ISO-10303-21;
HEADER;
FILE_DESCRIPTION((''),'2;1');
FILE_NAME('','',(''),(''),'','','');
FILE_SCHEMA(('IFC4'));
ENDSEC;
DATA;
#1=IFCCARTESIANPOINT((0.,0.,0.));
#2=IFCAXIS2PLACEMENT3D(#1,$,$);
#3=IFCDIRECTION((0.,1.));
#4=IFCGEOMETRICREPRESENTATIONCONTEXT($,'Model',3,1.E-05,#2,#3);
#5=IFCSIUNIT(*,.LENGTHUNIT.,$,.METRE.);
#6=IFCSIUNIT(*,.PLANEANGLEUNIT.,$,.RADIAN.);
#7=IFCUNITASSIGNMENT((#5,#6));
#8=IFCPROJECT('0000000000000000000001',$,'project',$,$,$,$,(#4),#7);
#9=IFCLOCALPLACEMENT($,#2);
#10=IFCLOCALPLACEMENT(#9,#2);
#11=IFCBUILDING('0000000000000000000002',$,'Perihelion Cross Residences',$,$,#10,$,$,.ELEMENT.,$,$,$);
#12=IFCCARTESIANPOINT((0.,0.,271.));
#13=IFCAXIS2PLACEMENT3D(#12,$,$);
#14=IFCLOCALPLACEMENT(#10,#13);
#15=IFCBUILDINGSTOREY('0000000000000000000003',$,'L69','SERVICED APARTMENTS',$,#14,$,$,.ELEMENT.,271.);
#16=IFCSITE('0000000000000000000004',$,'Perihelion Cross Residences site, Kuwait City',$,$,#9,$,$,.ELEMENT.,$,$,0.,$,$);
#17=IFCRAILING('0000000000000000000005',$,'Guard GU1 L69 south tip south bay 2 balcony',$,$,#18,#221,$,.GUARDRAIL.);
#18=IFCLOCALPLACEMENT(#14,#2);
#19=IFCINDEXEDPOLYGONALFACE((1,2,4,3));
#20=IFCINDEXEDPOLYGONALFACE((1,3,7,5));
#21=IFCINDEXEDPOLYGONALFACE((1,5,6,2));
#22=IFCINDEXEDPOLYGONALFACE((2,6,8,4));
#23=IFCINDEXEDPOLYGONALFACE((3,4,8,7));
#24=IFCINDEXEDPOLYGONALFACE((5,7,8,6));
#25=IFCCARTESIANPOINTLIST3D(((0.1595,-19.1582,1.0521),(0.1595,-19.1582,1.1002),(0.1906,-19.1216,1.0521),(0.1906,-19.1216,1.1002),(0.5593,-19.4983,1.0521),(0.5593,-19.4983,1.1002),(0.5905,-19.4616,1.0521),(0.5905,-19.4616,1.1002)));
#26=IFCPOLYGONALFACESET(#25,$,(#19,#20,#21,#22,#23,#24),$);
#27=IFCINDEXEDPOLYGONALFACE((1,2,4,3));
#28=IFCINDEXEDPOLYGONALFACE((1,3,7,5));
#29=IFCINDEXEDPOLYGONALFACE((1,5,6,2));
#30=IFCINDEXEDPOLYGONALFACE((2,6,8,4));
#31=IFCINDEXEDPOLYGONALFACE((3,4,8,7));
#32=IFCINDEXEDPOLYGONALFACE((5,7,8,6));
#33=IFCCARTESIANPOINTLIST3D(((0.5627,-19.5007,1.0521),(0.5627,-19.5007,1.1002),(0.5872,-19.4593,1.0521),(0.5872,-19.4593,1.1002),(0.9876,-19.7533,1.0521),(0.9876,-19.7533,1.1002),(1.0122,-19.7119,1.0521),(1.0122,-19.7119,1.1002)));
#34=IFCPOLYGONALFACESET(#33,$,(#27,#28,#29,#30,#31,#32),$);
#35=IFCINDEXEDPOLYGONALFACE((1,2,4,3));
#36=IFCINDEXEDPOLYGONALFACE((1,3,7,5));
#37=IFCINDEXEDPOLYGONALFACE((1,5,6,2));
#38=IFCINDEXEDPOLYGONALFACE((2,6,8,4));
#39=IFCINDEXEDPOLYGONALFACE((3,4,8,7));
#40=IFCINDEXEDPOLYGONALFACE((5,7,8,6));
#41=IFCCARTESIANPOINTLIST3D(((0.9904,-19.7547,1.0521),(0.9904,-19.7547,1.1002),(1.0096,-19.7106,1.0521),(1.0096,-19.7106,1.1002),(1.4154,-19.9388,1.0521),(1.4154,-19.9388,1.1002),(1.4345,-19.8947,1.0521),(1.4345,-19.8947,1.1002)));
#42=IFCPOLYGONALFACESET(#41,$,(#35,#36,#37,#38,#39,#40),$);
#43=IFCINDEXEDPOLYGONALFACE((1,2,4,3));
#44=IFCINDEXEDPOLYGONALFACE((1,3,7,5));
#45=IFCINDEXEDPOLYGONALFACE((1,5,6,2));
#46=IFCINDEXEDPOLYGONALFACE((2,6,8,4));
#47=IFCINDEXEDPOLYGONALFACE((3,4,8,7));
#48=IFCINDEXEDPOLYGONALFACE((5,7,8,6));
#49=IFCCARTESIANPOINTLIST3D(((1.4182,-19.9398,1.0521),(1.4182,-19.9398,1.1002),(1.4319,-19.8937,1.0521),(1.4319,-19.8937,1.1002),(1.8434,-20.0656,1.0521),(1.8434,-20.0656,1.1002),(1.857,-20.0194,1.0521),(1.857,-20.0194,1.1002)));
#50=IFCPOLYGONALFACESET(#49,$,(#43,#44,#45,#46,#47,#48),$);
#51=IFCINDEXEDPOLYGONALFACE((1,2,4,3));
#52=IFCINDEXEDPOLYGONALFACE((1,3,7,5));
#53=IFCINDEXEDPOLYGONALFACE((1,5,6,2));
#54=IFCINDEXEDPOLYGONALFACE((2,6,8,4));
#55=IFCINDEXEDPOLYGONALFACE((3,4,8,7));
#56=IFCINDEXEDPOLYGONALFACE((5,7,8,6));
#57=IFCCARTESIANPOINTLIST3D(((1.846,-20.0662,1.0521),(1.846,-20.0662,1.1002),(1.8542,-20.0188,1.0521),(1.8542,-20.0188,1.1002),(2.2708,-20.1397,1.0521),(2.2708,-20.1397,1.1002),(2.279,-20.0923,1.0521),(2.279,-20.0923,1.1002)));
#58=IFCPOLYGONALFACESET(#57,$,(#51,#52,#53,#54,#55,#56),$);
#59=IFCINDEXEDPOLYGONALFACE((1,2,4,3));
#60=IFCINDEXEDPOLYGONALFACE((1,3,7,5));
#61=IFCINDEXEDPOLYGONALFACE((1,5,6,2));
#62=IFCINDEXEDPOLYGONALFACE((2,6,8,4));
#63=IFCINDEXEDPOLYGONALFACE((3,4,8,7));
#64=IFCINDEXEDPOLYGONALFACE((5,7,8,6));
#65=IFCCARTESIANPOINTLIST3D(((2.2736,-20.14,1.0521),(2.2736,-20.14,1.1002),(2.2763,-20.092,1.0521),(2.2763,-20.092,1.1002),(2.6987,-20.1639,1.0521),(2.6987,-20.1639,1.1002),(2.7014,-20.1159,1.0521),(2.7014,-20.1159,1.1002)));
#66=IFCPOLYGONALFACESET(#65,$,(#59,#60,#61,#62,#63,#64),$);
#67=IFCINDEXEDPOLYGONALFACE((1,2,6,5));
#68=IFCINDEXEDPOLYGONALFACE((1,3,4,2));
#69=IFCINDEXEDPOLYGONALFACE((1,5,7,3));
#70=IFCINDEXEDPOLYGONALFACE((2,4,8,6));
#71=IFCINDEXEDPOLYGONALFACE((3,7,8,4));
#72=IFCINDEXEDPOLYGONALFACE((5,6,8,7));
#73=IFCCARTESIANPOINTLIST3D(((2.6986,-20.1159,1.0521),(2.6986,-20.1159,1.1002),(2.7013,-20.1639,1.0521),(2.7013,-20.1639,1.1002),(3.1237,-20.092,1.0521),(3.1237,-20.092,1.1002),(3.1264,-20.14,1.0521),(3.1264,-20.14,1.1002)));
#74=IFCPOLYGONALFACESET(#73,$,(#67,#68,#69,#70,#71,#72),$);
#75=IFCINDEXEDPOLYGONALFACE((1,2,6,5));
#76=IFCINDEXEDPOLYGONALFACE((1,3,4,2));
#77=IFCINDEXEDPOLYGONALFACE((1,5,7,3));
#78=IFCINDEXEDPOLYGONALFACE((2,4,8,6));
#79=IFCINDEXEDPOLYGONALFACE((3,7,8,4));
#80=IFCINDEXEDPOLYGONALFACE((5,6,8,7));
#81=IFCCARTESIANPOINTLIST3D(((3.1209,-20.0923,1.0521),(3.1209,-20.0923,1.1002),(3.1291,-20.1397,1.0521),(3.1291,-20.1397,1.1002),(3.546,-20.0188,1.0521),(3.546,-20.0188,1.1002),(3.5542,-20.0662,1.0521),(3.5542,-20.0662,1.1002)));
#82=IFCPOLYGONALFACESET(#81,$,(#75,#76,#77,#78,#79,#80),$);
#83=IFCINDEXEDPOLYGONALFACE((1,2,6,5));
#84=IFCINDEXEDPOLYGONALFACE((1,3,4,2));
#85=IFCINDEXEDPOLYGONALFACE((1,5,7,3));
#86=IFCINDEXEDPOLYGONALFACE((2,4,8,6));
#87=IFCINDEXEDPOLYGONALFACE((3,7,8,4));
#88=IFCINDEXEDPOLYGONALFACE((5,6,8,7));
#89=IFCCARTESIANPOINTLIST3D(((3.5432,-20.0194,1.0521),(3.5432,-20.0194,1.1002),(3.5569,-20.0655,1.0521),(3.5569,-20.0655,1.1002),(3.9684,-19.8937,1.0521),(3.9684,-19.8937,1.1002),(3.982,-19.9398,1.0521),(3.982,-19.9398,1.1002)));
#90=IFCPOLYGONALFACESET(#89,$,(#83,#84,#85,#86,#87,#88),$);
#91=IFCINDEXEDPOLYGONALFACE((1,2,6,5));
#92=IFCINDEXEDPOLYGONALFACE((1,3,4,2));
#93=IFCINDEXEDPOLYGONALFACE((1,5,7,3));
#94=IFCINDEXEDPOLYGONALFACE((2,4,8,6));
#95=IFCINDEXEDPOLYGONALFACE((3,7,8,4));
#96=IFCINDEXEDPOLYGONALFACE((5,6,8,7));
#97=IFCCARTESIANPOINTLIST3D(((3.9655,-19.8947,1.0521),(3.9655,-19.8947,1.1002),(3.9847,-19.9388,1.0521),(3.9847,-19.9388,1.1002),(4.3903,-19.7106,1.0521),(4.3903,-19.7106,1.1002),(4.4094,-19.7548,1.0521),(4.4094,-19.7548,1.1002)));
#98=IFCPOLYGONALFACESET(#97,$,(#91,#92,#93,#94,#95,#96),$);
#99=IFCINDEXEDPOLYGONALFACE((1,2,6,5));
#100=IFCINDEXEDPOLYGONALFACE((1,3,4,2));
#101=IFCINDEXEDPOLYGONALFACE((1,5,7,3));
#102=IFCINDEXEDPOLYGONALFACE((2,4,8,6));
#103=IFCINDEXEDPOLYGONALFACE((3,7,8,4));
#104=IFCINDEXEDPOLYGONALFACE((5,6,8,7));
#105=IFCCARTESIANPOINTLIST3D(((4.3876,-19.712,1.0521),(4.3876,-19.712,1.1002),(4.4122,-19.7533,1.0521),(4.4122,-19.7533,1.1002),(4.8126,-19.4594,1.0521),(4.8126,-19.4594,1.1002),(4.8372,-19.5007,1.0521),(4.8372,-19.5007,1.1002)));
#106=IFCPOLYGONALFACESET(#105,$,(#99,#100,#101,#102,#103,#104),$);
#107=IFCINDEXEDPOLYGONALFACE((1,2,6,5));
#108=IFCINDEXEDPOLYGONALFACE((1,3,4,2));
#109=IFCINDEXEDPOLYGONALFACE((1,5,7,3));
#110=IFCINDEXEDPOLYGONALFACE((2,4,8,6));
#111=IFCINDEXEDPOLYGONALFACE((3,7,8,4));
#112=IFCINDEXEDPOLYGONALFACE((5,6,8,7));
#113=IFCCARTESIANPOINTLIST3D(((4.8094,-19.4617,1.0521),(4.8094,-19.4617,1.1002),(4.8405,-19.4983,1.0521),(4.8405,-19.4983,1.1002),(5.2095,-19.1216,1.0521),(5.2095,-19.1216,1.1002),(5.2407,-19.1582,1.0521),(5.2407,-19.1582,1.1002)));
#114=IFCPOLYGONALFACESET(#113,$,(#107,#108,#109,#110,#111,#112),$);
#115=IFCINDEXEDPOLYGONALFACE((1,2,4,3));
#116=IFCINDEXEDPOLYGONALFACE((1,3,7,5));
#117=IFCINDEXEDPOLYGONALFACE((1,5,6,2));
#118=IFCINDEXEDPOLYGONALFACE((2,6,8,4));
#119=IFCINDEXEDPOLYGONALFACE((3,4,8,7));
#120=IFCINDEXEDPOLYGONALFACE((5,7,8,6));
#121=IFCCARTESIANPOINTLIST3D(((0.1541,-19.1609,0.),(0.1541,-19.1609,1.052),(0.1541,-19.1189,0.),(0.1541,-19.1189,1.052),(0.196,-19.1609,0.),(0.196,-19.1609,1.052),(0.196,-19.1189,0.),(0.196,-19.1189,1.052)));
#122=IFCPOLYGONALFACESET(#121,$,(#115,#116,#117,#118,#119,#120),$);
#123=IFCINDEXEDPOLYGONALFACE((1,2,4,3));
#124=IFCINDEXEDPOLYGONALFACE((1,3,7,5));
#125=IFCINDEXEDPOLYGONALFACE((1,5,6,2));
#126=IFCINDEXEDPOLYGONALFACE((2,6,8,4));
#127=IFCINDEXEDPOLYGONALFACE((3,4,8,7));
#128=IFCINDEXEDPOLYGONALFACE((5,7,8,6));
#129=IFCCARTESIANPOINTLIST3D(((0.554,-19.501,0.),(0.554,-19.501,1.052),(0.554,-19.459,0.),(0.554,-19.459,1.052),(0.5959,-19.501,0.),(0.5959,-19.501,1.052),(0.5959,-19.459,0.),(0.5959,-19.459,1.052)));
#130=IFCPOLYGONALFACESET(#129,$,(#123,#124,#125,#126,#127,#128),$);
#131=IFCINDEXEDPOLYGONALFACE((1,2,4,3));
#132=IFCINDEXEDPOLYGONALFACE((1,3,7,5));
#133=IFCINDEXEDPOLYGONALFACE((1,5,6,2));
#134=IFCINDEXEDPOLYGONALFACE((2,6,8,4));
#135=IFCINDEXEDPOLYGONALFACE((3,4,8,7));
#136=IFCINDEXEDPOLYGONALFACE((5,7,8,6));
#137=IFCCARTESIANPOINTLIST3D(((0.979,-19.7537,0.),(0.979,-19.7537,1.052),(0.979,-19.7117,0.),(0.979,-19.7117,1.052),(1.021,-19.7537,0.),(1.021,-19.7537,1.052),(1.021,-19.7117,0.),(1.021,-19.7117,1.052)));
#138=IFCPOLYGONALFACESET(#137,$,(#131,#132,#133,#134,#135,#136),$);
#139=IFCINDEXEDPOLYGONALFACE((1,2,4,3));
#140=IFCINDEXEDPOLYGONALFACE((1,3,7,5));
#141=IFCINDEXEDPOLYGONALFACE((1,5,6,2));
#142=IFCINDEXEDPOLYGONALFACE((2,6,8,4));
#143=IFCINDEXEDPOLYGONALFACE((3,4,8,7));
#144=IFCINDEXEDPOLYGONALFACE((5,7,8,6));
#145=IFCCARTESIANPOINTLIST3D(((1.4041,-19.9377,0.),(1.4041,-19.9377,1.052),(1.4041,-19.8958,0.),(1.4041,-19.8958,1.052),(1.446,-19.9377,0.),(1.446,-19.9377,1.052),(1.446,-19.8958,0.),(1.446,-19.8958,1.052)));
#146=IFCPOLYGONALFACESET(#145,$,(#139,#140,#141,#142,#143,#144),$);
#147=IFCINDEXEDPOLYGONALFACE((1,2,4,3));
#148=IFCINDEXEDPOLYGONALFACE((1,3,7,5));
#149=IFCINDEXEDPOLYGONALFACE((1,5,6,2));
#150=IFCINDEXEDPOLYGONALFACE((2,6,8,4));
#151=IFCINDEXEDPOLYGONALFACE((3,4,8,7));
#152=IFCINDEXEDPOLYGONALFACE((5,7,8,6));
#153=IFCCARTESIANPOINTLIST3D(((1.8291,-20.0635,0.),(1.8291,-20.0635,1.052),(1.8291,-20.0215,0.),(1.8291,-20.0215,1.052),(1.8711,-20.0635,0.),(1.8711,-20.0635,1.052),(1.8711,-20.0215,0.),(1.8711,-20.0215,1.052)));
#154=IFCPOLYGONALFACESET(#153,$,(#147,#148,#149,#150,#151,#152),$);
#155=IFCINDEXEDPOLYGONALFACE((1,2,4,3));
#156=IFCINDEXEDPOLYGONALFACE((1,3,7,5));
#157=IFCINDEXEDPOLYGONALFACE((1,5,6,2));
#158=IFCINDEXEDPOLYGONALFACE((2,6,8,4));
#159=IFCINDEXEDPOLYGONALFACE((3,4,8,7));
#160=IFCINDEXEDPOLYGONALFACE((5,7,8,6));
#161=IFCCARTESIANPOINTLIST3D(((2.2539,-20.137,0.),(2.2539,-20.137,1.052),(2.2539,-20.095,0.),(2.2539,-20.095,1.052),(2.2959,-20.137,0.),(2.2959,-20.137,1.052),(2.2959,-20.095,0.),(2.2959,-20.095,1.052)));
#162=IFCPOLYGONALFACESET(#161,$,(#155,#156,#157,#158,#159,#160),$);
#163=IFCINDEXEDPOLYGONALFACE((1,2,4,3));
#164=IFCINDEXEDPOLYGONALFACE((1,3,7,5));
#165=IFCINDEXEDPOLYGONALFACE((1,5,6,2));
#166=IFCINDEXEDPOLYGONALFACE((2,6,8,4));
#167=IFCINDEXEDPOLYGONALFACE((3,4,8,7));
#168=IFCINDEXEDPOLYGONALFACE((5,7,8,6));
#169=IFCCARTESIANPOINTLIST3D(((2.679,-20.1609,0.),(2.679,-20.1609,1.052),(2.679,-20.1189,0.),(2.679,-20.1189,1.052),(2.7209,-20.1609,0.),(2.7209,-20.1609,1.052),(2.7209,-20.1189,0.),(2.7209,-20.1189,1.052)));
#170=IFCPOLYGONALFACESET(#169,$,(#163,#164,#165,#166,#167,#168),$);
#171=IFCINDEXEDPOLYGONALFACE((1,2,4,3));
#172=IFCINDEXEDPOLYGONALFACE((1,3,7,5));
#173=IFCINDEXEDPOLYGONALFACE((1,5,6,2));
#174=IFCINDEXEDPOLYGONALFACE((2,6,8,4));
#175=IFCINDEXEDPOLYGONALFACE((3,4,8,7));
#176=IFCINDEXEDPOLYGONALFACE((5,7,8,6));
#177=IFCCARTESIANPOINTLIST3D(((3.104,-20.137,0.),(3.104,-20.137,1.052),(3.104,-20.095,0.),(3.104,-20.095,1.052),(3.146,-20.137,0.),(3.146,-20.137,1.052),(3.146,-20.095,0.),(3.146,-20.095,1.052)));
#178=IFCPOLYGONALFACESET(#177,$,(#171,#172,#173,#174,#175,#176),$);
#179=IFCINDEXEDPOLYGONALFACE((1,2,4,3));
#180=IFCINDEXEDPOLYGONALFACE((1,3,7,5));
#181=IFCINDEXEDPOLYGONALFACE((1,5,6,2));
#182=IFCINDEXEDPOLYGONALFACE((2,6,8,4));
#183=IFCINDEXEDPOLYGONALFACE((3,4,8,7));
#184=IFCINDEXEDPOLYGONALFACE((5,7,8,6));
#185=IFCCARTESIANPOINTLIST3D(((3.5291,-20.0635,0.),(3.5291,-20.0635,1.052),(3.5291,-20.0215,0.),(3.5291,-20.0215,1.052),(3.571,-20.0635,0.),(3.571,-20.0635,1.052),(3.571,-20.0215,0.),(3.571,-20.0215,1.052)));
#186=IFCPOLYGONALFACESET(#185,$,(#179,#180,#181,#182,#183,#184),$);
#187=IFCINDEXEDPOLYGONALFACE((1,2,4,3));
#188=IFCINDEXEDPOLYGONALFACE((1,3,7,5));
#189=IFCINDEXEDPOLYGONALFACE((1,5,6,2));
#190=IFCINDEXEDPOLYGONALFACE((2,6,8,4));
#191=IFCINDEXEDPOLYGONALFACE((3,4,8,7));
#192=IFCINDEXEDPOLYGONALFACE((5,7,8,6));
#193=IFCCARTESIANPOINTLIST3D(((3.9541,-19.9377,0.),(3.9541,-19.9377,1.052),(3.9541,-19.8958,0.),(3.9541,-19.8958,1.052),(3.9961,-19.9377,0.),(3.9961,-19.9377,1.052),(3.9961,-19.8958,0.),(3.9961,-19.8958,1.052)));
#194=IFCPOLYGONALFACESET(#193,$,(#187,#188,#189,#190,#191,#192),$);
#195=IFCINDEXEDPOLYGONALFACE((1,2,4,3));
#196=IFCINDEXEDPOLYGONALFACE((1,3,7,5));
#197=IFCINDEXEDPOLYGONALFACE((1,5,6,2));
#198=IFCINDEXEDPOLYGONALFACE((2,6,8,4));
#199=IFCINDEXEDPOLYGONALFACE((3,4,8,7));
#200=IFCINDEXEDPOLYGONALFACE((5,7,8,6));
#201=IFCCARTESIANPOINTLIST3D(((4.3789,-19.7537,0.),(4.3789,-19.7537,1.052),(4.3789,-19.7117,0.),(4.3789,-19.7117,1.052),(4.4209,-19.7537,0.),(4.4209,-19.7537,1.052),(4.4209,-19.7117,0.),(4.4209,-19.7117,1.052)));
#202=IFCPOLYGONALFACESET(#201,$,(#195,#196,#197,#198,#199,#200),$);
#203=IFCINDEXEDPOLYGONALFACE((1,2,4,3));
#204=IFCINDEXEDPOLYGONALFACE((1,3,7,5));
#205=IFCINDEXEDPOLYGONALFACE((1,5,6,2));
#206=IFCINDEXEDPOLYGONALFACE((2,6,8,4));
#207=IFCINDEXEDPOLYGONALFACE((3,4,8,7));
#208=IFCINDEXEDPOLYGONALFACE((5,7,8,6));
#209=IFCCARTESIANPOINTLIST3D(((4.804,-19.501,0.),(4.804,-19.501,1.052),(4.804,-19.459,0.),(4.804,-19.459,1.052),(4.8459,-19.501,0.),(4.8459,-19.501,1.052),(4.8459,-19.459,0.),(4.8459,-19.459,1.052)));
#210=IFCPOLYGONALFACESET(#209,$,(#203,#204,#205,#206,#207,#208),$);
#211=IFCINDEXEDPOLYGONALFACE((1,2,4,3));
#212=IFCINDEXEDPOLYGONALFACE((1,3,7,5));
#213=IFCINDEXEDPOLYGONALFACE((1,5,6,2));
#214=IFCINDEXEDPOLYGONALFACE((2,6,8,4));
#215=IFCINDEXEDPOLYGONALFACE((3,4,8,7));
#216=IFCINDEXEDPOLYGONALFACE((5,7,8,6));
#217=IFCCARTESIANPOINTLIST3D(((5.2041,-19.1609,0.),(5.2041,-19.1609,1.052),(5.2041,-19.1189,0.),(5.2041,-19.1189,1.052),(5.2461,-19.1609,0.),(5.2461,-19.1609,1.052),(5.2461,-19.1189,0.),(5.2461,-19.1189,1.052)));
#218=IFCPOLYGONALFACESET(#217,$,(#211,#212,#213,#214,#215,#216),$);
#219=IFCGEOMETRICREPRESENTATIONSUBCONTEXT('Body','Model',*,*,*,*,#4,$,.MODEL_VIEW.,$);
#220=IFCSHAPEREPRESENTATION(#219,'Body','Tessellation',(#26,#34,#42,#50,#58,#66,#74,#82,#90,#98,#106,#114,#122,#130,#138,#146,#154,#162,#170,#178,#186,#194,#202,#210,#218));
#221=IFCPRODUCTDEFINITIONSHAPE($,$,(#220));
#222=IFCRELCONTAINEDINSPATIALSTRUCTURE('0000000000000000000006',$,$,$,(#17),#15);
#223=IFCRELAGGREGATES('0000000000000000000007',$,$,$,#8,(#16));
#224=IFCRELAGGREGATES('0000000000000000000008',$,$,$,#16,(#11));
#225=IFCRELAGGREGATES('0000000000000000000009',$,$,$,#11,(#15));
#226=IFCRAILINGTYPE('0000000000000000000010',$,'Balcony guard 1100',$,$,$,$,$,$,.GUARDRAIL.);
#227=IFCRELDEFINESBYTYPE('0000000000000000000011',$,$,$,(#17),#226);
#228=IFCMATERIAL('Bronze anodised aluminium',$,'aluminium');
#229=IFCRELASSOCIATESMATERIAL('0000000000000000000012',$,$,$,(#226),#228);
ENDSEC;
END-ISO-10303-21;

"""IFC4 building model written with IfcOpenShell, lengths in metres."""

from ifc_helpers import new_model, si_unit, direction, frame, origin, origin_2d, place, context, subcontext, project, spatial, rectangle, extrude, material, type_object, element, save


model = new_model("IFC4")

# Units and contexts
model_context = context("Model", 3, precision=1e-05, world=origin(), true_north=direction((0.0, 1.0)))
body_context = subcontext(model_context, "Body", "Model", "MODEL_VIEW")
ifc_project = project(units=[si_unit("LENGTHUNIT", "METRE"), si_unit("PLANEANGLEUNIT", "RADIAN")], contexts=[model_context])

# Site, building, storey
site_placement = place(None, origin())
site = spatial("IfcSite", under=ifc_project, at=site_placement, Name="Perihelion Cross Residences site, Kuwait City", CompositionType="ELEMENT", RefElevation=0.0)
building_placement = place(site_placement, origin())
building = spatial("IfcBuilding", under=site, at=building_placement, Name="Perihelion Cross Residences", CompositionType="ELEMENT")
storey_placement = place(building_placement, frame((0.0, 0.0, 271.0)))
storey = spatial("IfcBuildingStorey", under=building, at=storey_placement, Name="L69", Description="SERVICED APARTMENTS", CompositionType="ELEMENT", Elevation=271.0)

# Railing
ifc_material_1 = material(Name="Bronze anodised aluminium", Category="aluminium")
railing_type = type_object("IfcRailingType", Name="Balcony guard 1100", PredefinedType="GUARDRAIL", material=ifc_material_1)
railing_placement = place(storey_placement, frame((0.175, -19.1399, 0.0)))
element("IfcRailing", 1, at=railing_placement, inside=storey, type_object=railing_type, Name="Guard GU1 L69 south tip south bay 2 balcony", PredefinedType="GUARDRAIL", context=body_context, shape_type="SweptSolid", body=[
    extrude(rectangle(XDim=0.0481, YDim=0.0481, at=origin_2d()), frame((0.0, 0.0, 1.0762), z_axis=(0.761779, -0.647837, 0.0), x_axis=(0.647837, 0.761779, 0.0)), (0.0, 0.0, 1.0), 0.5249),
    extrude(rectangle(XDim=0.0481, YDim=0.0481, at=origin_2d()), frame((0.3999, -0.3401, 1.0762), z_axis=(0.859577, -0.511006, 0.0), x_axis=(0.511006, 0.859577, 0.0)), (0.0, 0.0, 1.0), 0.4944),
    extrude(rectangle(XDim=0.0481, YDim=0.0481, at=origin_2d()), frame((0.825, -0.5928, 1.0762), z_axis=(0.917639, -0.397415, 0.0), x_axis=(0.397415, 0.917639, 0.0)), (0.0, 0.0, 1.0), 0.4631),
    extrude(rectangle(XDim=0.0481, YDim=0.0481, at=origin_2d()), frame((1.25, -0.7769, 1.0762), z_axis=(0.958926, -0.283657, 0.0), x_axis=(0.283657, 0.958926, 0.0)), (0.0, 0.0, 1.0), 0.4434),
    extrude(rectangle(XDim=0.0481, YDim=0.0481, at=origin_2d()), frame((1.675, -0.9026, 1.0762), z_axis=(0.985365, -0.170457, 0.0), x_axis=(0.170457, 0.985365, 0.0)), (0.0, 0.0, 1.0), 0.4312),
    extrude(rectangle(XDim=0.0481, YDim=0.0481, at=origin_2d()), frame((2.0999, -0.9761, 1.0762), z_axis=(0.99842, -0.056201, 0.0), x_axis=(0.056201, 0.99842, 0.0)), (0.0, 0.0, 1.0), 0.4258),
    extrude(rectangle(XDim=0.0481, YDim=0.0481, at=origin_2d()), frame((2.5249, -1.0, 1.0762), z_axis=(0.99842, 0.056201, 0.0), x_axis=(-0.056201, 0.99842, 0.0)), (0.0, 0.0, 1.0), 0.4258),
    extrude(rectangle(XDim=0.0481, YDim=0.0481, at=origin_2d()), frame((2.95, -0.9761, 1.0762), z_axis=(0.985382, 0.170362, 0.0), x_axis=(-0.170362, 0.985382, 0.0)), (0.0, 0.0, 1.0), 0.4314),
    extrude(rectangle(XDim=0.0481, YDim=0.0481, at=origin_2d()), frame((3.375, -0.9026, 1.0762), z_axis=(0.958926, 0.283657, 0.0), x_axis=(-0.283657, 0.958926, 0.0)), (0.0, 0.0, 1.0), 0.4434),
    extrude(rectangle(XDim=0.0481, YDim=0.0481, at=origin_2d()), frame((3.8, -0.7769, 1.0762), z_axis=(0.917556, 0.397607, 0.0), x_axis=(-0.397607, 0.917556, 0.0)), (0.0, 0.0, 1.0), 0.4629),
    extrude(rectangle(XDim=0.0481, YDim=0.0481, at=origin_2d()), frame((4.2249, -0.5928, 1.0762), z_axis=(0.859577, 0.511006, 0.0), x_axis=(-0.511006, 0.859577, 0.0)), (0.0, 0.0, 1.0), 0.4944),
    extrude(rectangle(XDim=0.0481, YDim=0.0481, at=origin_2d()), frame((4.6499, -0.3401, 1.0762), z_axis=(0.761974, 0.647608, 0.0), x_axis=(-0.647608, 0.761974, 0.0)), (0.0, 0.0, 1.0), 0.5251),
    extrude(rectangle(XDim=0.042, YDim=0.042, at=origin_2d()), origin(), (0.0, 0.0, 1.0), 1.052),
    extrude(rectangle(XDim=0.042, YDim=0.042, at=origin_2d()), frame((0.3999, -0.3401, 0.0)), (0.0, 0.0, 1.0), 1.052),
    extrude(rectangle(XDim=0.042, YDim=0.042, at=origin_2d()), frame((0.825, -0.5928, 0.0)), (0.0, 0.0, 1.0), 1.052),
    extrude(rectangle(XDim=0.042, YDim=0.042, at=origin_2d()), frame((1.25, -0.7769, 0.0)), (0.0, 0.0, 1.0), 1.052),
    extrude(rectangle(XDim=0.042, YDim=0.042, at=origin_2d()), frame((1.675, -0.9026, 0.0)), (0.0, 0.0, 1.0), 1.052),
    extrude(rectangle(XDim=0.042, YDim=0.042, at=origin_2d()), frame((2.0999, -0.9761, 0.0)), (0.0, 0.0, 1.0), 1.052),
    extrude(rectangle(XDim=0.042, YDim=0.042, at=origin_2d()), frame((2.5249, -1.0, 0.0)), (0.0, 0.0, 1.0), 1.052),
    extrude(rectangle(XDim=0.042, YDim=0.042, at=origin_2d()), frame((2.95, -0.9761, 0.0)), (0.0, 0.0, 1.0), 1.052),
    extrude(rectangle(XDim=0.042, YDim=0.042, at=origin_2d()), frame((3.375, -0.9026, 0.0)), (0.0, 0.0, 1.0), 1.052),
    extrude(rectangle(XDim=0.042, YDim=0.042, at=origin_2d()), frame((3.8, -0.7769, 0.0)), (0.0, 0.0, 1.0), 1.052),
    extrude(rectangle(XDim=0.042, YDim=0.042, at=origin_2d()), frame((4.2249, -0.5928, 0.0)), (0.0, 0.0, 1.0), 1.052),
    extrude(rectangle(XDim=0.042, YDim=0.042, at=origin_2d()), frame((4.6499, -0.3401, 0.0)), (0.0, 0.0, 1.0), 1.052),
    extrude(rectangle(XDim=0.042, YDim=0.042, at=origin_2d()), frame((5.05, 0.0, 0.0)), (0.0, 0.0, 1.0), 1.052),
])

save(model, "model.ifc")
